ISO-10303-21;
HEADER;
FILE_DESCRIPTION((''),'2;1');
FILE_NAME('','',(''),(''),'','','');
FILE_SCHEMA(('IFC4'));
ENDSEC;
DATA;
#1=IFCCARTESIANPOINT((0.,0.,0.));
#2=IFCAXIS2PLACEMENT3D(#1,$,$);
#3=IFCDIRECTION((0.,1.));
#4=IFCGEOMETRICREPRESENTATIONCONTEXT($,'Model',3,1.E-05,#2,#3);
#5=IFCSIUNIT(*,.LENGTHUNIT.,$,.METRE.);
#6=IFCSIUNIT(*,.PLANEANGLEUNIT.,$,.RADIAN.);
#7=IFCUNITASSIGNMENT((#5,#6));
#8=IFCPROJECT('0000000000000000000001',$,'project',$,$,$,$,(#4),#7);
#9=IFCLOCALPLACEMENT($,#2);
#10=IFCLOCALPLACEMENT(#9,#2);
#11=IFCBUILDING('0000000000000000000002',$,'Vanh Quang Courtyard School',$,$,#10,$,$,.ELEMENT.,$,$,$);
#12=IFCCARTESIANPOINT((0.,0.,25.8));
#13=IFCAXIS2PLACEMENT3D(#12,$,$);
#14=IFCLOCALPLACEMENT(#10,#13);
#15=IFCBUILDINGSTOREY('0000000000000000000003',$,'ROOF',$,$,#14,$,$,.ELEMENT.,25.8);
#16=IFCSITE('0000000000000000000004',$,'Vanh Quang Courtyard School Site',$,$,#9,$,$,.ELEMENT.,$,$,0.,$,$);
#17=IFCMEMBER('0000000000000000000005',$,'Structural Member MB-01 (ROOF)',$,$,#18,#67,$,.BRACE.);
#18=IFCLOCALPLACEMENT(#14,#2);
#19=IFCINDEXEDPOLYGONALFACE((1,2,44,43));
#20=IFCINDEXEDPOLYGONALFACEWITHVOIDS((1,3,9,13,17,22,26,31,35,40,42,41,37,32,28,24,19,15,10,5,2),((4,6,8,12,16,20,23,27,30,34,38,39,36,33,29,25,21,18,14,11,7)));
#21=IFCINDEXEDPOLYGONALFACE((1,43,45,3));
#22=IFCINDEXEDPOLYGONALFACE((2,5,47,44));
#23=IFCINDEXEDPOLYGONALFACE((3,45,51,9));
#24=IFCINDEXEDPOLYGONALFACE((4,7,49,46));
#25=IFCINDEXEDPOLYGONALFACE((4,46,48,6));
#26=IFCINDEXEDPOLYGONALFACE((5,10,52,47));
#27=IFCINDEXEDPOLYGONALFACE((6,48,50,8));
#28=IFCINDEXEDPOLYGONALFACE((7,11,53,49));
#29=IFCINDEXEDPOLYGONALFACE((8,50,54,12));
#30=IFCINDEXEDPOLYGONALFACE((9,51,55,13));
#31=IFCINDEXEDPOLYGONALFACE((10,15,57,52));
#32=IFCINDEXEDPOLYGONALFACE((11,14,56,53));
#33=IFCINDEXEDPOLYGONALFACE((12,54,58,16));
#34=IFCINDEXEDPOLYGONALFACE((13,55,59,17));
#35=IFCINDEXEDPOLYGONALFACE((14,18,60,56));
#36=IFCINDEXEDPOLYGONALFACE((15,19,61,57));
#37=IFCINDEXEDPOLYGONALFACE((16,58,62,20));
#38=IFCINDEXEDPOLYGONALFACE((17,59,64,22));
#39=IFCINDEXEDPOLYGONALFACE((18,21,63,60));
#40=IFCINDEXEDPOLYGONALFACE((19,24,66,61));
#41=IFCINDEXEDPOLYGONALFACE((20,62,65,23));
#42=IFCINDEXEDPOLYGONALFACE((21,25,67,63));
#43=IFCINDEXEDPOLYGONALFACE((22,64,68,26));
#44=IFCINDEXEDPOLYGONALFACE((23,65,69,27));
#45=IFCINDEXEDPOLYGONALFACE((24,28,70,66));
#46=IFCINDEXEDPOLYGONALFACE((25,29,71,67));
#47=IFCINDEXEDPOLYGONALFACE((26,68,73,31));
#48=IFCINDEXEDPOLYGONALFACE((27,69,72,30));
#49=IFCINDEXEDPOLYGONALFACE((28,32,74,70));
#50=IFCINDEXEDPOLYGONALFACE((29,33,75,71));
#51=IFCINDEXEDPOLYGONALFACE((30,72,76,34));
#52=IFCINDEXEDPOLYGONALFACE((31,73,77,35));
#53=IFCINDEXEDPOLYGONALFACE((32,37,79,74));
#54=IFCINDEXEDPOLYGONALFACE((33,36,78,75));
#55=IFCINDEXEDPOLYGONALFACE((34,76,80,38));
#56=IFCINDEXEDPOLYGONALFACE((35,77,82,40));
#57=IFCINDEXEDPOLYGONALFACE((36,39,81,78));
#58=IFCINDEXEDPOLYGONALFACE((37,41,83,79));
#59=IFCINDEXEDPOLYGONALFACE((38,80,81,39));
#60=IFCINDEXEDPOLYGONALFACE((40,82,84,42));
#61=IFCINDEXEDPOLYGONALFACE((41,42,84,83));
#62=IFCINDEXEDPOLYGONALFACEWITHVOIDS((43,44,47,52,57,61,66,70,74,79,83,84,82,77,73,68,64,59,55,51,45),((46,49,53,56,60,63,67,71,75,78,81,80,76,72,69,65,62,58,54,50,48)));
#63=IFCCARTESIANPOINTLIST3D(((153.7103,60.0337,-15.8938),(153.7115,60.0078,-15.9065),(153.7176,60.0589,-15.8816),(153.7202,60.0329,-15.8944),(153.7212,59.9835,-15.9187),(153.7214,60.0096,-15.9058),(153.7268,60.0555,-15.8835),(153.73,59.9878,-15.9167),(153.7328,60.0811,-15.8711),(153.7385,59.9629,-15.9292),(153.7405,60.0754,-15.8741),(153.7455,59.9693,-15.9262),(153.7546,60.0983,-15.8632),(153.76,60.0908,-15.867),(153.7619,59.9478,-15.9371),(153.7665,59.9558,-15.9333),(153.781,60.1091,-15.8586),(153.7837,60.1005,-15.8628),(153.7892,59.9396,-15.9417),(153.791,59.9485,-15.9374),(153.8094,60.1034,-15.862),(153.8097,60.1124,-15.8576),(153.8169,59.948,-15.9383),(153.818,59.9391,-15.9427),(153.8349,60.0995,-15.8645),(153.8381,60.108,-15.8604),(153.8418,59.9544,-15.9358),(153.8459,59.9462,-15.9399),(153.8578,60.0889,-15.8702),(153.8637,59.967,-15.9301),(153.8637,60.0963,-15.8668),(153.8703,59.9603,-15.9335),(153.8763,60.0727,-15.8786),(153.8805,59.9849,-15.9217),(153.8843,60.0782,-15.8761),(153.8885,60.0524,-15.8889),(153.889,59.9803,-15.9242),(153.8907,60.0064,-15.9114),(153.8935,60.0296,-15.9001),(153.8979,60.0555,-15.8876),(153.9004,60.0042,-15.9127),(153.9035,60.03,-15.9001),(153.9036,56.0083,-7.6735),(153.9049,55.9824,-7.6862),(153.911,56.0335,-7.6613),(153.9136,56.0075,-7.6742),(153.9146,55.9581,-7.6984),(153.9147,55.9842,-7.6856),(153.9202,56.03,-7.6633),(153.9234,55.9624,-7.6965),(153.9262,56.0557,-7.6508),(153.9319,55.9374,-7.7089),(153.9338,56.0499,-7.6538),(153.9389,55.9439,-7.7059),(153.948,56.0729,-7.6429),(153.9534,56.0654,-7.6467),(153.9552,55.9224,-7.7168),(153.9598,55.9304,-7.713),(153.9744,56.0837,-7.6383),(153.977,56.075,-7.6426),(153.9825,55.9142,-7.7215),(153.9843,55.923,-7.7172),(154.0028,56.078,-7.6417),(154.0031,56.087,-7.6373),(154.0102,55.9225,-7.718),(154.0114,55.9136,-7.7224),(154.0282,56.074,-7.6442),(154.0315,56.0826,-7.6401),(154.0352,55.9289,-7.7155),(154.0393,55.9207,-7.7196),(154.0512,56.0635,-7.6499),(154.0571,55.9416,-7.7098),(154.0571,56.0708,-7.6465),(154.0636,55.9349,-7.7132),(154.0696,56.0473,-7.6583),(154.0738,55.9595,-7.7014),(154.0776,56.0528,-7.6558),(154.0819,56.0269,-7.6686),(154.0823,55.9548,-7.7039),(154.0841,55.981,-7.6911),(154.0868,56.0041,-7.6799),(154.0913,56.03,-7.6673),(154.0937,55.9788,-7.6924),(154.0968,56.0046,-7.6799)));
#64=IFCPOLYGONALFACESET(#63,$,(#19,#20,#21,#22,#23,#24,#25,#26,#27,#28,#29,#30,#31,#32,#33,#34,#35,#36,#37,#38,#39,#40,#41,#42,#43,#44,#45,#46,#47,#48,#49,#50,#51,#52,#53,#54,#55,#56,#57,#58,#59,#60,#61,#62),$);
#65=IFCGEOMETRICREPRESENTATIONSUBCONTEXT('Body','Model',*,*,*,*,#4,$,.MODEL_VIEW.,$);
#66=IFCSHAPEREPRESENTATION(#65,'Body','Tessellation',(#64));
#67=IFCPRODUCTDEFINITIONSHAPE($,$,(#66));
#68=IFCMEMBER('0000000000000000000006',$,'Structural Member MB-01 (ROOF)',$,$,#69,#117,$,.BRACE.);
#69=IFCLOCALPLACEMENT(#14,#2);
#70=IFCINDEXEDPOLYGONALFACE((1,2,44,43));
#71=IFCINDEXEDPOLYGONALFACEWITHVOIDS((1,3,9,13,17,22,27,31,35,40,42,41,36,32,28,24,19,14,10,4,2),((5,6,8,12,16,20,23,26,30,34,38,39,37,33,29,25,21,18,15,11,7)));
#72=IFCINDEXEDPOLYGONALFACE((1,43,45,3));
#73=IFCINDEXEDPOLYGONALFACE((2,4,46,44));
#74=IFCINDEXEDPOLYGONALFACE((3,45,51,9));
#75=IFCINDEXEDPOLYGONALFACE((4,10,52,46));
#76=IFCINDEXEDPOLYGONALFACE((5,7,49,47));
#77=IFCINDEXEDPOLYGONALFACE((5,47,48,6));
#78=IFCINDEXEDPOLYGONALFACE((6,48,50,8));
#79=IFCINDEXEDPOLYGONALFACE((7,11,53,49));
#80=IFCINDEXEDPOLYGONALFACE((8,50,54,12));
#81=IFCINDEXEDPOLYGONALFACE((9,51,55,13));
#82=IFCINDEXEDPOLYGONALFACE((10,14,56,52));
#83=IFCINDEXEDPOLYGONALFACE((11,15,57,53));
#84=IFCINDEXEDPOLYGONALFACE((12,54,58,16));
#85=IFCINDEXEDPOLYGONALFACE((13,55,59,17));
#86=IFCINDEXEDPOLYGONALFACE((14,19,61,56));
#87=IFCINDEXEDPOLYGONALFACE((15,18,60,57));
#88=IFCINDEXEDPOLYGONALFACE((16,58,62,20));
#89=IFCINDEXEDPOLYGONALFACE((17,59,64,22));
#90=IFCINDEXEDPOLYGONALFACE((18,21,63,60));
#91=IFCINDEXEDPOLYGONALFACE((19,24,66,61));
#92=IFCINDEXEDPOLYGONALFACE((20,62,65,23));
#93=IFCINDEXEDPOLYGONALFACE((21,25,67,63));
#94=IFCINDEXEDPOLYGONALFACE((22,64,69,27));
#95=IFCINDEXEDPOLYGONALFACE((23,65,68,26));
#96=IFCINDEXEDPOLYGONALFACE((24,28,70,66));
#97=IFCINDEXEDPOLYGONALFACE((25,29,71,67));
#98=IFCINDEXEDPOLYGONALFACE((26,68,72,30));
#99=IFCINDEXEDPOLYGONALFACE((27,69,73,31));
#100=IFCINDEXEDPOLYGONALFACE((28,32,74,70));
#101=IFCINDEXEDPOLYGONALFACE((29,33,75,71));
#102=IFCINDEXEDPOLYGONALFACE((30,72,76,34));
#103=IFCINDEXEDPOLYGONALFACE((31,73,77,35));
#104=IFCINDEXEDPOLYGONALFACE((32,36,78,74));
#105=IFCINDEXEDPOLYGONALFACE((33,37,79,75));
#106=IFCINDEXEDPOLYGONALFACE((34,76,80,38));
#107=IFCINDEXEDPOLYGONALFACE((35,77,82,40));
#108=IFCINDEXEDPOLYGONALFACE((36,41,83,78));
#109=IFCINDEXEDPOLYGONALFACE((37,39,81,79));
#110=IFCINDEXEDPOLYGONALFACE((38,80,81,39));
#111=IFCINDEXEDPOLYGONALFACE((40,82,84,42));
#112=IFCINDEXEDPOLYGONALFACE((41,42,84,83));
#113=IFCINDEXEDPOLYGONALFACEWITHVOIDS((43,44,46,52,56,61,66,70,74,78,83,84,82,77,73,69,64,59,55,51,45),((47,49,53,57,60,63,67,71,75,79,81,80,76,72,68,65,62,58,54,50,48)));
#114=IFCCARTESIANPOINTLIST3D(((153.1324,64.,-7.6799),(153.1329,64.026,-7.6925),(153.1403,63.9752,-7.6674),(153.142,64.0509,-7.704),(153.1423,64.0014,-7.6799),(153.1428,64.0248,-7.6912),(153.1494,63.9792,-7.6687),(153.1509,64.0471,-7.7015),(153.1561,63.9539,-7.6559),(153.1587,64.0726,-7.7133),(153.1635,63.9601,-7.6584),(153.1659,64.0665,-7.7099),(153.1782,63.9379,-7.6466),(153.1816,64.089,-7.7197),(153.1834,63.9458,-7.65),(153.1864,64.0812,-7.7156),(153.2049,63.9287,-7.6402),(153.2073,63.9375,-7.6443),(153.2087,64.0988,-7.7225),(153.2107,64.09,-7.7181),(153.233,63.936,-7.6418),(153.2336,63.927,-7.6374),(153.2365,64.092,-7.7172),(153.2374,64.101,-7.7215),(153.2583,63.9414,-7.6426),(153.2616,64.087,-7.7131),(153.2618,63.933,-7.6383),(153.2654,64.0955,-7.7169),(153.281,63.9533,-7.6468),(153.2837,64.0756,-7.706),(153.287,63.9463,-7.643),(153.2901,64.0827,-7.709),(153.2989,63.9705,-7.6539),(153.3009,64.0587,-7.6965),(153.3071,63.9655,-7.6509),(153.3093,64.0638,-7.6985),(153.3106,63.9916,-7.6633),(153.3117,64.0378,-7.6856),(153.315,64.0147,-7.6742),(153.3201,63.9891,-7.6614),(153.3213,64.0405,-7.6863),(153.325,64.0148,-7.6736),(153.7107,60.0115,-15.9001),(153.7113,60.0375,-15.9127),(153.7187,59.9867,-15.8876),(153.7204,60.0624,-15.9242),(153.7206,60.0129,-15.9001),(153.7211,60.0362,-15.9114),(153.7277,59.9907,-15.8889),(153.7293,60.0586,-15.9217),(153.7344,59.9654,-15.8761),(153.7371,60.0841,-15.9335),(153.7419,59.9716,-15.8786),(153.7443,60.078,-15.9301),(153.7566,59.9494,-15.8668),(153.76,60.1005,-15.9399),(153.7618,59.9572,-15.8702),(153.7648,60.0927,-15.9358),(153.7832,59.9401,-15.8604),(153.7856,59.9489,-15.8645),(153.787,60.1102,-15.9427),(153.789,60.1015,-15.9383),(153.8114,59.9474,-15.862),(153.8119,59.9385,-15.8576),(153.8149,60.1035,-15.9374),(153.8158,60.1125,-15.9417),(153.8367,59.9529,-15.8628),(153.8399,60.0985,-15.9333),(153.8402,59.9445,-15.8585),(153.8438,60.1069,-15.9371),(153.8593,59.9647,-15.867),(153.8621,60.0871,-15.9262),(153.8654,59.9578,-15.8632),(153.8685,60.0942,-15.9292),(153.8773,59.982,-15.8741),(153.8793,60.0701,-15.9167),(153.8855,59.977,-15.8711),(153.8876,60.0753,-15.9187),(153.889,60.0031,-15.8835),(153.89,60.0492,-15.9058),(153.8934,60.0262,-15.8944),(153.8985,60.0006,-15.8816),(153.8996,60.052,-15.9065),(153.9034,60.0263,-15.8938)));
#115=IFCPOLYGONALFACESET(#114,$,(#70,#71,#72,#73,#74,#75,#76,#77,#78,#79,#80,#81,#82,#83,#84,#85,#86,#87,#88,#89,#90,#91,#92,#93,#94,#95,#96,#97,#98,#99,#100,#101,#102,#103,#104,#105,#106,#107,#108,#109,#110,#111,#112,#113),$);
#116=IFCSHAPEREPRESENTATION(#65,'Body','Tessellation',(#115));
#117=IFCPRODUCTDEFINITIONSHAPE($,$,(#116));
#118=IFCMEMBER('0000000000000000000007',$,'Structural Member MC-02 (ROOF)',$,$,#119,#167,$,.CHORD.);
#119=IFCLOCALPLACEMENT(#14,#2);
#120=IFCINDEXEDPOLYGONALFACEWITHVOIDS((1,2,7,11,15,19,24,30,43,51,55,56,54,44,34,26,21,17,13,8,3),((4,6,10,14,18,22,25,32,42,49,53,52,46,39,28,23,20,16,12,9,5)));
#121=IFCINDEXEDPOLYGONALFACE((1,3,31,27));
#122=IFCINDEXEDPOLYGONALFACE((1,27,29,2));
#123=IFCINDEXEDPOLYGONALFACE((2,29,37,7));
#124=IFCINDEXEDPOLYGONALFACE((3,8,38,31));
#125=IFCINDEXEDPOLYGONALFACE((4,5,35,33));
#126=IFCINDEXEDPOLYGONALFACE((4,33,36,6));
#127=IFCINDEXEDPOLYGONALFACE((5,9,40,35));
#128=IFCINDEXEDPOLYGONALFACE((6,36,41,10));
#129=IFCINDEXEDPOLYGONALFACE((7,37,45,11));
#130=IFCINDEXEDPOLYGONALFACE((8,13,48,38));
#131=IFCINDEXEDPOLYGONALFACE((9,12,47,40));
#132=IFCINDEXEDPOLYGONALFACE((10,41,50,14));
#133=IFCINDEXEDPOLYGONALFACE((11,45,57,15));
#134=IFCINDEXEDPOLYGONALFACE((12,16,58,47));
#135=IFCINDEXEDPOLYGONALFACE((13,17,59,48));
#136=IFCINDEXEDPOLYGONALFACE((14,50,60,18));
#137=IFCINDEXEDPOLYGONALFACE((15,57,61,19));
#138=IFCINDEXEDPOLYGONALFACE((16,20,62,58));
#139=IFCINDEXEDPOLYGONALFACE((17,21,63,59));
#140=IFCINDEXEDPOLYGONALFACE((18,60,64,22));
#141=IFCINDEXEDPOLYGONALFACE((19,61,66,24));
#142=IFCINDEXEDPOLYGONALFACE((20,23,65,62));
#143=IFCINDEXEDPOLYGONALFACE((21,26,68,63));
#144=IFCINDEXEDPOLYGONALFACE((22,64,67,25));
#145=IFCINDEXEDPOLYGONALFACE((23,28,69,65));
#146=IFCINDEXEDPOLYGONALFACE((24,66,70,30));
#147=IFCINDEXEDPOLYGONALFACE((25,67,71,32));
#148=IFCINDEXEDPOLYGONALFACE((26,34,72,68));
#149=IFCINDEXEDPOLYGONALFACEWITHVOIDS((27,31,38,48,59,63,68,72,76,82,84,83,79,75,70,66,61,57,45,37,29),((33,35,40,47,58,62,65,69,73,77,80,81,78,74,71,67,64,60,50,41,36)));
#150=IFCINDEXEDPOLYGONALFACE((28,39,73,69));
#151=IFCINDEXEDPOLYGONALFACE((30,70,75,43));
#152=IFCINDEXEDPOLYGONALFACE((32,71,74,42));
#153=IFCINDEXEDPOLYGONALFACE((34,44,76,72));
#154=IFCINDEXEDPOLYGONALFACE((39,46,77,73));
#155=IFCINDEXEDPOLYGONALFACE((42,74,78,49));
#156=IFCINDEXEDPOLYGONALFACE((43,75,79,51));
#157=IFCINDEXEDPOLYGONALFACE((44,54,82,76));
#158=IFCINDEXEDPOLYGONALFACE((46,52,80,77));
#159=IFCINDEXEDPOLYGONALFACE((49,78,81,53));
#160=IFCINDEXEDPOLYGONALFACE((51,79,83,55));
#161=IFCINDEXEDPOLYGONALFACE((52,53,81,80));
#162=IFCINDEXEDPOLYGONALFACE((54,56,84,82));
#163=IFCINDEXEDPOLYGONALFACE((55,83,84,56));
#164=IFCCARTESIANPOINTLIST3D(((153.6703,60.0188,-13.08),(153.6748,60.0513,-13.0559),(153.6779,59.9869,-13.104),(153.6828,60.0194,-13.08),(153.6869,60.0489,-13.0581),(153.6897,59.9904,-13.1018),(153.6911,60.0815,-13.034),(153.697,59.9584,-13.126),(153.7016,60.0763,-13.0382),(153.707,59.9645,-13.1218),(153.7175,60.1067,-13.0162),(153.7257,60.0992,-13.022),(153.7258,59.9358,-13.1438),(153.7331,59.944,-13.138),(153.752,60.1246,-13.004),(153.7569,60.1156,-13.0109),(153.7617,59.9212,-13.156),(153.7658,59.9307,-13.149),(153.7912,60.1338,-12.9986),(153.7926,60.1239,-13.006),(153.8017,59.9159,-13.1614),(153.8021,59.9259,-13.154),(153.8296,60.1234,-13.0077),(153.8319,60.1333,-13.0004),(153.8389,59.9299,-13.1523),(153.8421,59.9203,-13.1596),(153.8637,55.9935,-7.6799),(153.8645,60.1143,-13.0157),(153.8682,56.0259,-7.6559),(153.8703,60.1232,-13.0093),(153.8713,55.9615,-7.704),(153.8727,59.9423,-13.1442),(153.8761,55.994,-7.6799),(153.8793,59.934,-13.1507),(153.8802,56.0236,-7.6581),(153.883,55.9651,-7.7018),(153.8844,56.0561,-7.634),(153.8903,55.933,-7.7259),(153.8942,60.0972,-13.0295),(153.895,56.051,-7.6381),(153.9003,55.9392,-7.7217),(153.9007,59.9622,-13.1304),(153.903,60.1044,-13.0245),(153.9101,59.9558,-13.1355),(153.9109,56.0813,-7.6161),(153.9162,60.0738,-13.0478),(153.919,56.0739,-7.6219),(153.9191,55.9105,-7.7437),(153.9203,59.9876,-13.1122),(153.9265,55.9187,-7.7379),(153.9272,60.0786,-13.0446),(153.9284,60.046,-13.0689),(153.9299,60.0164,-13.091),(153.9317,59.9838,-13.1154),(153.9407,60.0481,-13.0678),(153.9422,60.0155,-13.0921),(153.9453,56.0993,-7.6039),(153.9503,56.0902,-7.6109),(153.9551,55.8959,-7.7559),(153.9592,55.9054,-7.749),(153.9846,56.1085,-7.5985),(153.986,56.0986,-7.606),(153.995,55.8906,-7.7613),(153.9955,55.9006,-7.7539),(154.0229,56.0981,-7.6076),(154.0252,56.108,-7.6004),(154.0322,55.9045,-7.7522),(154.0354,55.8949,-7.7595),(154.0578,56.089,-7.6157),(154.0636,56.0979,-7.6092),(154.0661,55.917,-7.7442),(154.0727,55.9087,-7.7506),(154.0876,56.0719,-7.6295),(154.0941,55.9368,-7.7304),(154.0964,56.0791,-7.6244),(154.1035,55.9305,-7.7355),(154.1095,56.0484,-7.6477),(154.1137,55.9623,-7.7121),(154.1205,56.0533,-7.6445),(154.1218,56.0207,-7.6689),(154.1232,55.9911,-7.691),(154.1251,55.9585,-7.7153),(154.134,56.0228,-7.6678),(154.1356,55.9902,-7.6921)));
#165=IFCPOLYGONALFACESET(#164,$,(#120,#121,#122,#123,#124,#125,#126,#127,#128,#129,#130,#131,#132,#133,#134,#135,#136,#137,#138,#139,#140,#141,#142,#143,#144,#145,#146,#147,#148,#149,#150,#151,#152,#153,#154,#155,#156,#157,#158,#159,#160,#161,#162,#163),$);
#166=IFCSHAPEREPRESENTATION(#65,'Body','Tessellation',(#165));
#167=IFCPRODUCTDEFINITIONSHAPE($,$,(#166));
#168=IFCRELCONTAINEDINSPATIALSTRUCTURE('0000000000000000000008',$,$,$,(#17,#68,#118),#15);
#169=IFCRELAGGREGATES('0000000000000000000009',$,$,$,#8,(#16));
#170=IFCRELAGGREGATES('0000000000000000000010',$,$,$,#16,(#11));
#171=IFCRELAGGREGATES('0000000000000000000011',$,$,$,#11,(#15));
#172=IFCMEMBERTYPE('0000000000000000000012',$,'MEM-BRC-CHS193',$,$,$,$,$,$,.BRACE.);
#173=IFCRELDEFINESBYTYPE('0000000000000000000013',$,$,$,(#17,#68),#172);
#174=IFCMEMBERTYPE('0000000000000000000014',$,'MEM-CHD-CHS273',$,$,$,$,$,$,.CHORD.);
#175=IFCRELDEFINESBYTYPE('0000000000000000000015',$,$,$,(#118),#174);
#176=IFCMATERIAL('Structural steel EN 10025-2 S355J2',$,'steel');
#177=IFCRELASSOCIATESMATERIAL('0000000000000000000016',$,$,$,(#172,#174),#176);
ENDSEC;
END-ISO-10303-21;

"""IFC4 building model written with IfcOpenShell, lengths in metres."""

from ifc_helpers import new_model, si_unit, direction, frame, origin, origin_2d, place, context, subcontext, project, spatial, hollow_circle, extrude, material, material_profile, profile_set, type_object, element, save


model = new_model("IFC4")

# Units and contexts
model_context = context("Model", 3, precision=1e-05, world=origin(), true_north=direction((0.0, 1.0)))
body_context = subcontext(model_context, "Body", "Model", "MODEL_VIEW")
ifc_project = project(units=[si_unit("LENGTHUNIT", "METRE"), si_unit("PLANEANGLEUNIT", "RADIAN")], contexts=[model_context])

# Site, building, storey
site_placement = place(None, origin())
site = spatial("IfcSite", under=ifc_project, at=site_placement, Name="Vanh Quang Courtyard School Site", CompositionType="ELEMENT", RefElevation=0.0)
building_placement = place(site_placement, origin())
building = spatial("IfcBuilding", under=site, at=building_placement, Name="Vanh Quang Courtyard School", CompositionType="ELEMENT")
storey_placement = place(building_placement, frame((0.0, 0.0, 25.8)))
storey = spatial("IfcBuildingStorey", under=building, at=storey_placement, Name="ROOF", CompositionType="ELEMENT", Elevation=25.8)

# Shared definitions
ifc_material_1 = material(Name="Structural steel EN 10025-2 S355J2", Category="steel")

# Members
ifc_material_profile_1 = material_profile(ifc_material_1, hollow_circle(Radius=0.0969, WallThickness=0.01, at=origin_2d()), Name="CHS 193.7x10")
ifc_profile_set_1 = profile_set([ifc_material_profile_1], Name="Structural steel EN 10025-2 S355J2")
member_type_1 = type_object("IfcMemberType", Name="MEM-BRC-CHS193", PredefinedType="BRACE", material=ifc_profile_set_1)
for number, where, z_axis, x_axis, name in (
    (1, (153.8066, 60.0254, -15.9001), (0.021121, -0.439696, 0.897898), (0.998848, 0.04798, 0.0), "Structural Member MB-01 (ROOF)"),
    (2, (153.8066, 60.0254, -15.9001), (-0.063175, 0.435664, 0.897889), (-0.989649, -0.143507, 0.0), "Structural Member MB-01 (ROOF)"),
):
    element("IfcMember", number, at=place(storey_placement, frame(where, z_axis=z_axis, x_axis=x_axis)), inside=storey, type_object=member_type_1, Name=name, PredefinedType="BRACE", context=body_context, shape_type="SweptSolid", body=[
        extrude(hollow_circle(Radius=0.0969, WallThickness=0.01, at=origin_2d()), origin(), (0.0, 0.0, 1.0), 9.155),
    ])
ifc_material_profile_2 = material_profile(ifc_material_1, hollow_circle(Radius=0.1365, WallThickness=0.0125, at=origin_2d()), Name="CHS 273x12.5")
ifc_profile_set_2 = profile_set([ifc_material_profile_2], Name="Structural steel EN 10025-2 S355J2")
member_type_2 = type_object("IfcMemberType", Name="MEM-CHD-CHS273", PredefinedType="CHORD", material=ifc_profile_set_2)
member_1_placement = place(storey_placement, frame((154.0, 56.0, -7.6799), z_axis=(-0.028696, 0.597402, -0.801428), x_axis=(-0.998848, -0.04798, 0.0)))
element("IfcMember", 3, at=member_1_placement, inside=storey, type_object=member_type_2, Name="Structural Member MC-02 (ROOF)", PredefinedType="CHORD", context=body_context, shape_type="SweptSolid", body=[
    extrude(hollow_circle(Radius=0.1365, WallThickness=0.0125, at=origin_2d()), origin(), (0.0, 0.0, 1.0), 6.738),
])

save(model, "model.ifc")
